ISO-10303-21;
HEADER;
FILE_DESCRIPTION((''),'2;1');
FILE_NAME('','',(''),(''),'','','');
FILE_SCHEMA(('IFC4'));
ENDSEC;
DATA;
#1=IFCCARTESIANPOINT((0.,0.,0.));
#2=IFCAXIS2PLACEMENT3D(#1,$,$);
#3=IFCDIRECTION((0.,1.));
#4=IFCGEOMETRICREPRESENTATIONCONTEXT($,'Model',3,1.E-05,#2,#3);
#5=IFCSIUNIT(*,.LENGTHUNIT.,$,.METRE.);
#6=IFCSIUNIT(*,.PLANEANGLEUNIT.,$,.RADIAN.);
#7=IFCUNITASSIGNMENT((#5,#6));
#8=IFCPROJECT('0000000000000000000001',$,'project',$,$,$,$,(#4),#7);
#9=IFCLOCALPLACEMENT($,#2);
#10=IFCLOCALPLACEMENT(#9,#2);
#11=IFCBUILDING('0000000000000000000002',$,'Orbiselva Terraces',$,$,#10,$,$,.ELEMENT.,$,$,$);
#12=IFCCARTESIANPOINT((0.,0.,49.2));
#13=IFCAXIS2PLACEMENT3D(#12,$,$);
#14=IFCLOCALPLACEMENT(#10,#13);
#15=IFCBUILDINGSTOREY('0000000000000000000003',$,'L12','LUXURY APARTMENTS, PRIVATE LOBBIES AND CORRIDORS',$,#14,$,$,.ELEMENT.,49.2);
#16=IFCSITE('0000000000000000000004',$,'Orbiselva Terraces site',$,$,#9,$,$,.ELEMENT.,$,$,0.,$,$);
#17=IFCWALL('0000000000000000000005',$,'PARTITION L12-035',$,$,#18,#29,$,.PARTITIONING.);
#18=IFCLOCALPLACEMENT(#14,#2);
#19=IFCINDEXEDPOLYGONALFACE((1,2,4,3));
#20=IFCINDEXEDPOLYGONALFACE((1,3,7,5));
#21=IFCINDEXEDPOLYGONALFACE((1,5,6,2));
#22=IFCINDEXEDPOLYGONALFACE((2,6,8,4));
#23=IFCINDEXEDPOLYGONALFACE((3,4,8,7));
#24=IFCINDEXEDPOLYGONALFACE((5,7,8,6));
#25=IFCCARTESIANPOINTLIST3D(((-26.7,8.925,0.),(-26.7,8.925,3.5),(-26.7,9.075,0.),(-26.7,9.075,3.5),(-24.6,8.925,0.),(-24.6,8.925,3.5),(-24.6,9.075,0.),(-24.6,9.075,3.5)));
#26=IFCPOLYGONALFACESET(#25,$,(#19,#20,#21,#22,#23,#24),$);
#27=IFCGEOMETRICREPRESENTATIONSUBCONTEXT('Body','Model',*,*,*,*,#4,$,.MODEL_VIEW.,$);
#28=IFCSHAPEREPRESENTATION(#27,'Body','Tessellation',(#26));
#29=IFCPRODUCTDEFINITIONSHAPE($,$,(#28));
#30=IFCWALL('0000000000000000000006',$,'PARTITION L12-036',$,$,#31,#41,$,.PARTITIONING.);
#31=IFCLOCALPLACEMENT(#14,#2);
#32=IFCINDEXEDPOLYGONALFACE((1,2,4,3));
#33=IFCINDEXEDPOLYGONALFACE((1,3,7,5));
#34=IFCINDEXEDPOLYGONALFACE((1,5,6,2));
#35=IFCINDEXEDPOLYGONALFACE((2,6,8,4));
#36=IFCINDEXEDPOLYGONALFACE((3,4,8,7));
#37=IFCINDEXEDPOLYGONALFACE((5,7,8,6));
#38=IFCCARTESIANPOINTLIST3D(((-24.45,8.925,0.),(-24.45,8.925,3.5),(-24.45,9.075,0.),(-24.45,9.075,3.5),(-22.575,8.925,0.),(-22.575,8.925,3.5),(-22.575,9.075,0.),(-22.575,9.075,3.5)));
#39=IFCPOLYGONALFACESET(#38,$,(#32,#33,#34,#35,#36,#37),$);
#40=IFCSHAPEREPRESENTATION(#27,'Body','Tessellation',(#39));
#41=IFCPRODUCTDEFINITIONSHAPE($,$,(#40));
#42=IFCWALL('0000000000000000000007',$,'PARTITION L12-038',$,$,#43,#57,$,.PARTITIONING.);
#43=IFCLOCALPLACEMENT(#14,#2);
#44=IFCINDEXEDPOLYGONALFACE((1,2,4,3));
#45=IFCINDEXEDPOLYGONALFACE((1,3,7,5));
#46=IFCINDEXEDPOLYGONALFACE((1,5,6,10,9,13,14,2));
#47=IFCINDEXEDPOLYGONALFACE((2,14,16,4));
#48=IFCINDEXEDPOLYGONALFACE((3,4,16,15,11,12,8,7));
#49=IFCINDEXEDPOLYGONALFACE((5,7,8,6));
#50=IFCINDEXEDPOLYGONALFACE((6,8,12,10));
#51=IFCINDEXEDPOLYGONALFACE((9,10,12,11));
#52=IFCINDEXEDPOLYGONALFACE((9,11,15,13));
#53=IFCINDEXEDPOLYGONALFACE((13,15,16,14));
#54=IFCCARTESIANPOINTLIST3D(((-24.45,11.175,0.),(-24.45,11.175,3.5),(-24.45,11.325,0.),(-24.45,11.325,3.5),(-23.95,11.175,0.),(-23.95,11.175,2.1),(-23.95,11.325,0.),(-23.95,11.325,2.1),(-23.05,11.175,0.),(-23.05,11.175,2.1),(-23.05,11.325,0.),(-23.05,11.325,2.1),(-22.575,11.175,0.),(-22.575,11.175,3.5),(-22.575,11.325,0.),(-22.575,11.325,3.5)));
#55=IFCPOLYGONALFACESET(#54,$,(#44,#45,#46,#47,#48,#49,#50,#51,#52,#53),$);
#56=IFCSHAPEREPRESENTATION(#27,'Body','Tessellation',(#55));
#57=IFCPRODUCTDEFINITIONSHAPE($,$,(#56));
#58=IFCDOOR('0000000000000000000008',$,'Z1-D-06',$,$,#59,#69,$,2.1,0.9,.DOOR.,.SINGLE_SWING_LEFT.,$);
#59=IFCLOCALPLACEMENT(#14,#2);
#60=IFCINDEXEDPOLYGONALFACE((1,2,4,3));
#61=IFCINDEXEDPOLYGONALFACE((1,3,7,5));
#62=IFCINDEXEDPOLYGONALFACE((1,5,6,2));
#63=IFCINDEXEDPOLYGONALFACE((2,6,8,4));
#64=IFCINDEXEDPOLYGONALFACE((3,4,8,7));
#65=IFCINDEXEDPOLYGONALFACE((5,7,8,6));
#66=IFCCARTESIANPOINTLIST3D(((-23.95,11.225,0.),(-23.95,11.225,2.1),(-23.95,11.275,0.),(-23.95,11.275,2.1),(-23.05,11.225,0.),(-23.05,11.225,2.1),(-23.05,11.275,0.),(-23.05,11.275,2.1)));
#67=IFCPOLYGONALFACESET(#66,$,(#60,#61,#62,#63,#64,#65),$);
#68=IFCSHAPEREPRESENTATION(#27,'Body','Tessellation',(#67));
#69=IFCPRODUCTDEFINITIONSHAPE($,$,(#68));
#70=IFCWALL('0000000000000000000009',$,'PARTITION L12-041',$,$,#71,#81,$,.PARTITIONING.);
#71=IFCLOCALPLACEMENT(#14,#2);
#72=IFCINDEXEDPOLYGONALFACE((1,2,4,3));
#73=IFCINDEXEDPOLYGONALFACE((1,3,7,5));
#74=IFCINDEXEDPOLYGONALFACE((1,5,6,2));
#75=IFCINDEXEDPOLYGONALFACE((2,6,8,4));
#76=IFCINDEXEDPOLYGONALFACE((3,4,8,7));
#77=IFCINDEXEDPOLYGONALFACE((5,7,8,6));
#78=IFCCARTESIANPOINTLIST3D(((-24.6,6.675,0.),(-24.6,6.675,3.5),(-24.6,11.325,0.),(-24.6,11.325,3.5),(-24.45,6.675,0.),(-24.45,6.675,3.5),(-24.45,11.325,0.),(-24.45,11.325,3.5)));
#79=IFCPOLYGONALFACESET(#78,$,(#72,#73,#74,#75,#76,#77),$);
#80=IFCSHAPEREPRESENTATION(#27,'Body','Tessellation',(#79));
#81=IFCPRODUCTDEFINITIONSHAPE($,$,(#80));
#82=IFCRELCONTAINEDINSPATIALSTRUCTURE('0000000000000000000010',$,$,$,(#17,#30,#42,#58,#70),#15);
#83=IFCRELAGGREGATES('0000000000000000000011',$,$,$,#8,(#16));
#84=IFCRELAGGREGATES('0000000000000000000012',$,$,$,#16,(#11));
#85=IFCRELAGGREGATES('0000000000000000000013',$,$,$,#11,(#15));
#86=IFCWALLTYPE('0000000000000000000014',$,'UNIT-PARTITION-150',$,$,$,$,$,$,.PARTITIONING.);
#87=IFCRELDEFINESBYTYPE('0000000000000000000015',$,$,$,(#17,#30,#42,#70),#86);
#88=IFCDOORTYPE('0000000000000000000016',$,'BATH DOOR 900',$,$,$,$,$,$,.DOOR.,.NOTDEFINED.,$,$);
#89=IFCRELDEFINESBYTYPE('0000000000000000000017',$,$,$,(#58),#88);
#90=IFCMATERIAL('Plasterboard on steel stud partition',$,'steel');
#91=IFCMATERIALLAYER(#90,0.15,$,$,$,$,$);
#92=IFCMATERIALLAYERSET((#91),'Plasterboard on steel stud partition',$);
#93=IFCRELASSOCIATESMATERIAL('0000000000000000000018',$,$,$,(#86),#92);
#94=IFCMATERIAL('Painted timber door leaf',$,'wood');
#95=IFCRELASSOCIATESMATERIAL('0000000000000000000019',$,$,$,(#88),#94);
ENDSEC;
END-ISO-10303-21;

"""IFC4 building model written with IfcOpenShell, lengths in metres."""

from ifc_helpers import new_model, si_unit, direction, frame, frame_2d, origin, place, context, subcontext, project, spatial, rectangle, extrude, material, layer, layer_set, type_object, element, fill, save


model = new_model("IFC4")

# Units and contexts
model_context = context("Model", 3, precision=1e-05, world=origin(), true_north=direction((0.0, 1.0)))
body_context = subcontext(model_context, "Body", "Model", "MODEL_VIEW")
ifc_project = project(units=[si_unit("LENGTHUNIT", "METRE"), si_unit("PLANEANGLEUNIT", "RADIAN")], contexts=[model_context])

# Site, building, storey
site_placement = place(None, origin())
site = spatial("IfcSite", under=ifc_project, at=site_placement, Name="Orbiselva Terraces site", CompositionType="ELEMENT", RefElevation=0.0)
building_placement = place(site_placement, origin())
building = spatial("IfcBuilding", under=site, at=building_placement, Name="Orbiselva Terraces", CompositionType="ELEMENT")
storey_placement = place(building_placement, frame((0.0, 0.0, 49.2)))
storey = spatial("IfcBuildingStorey", under=building, at=storey_placement, Name="L12", Description="LUXURY APARTMENTS, PRIVATE LOBBIES AND CORRIDORS", CompositionType="ELEMENT", Elevation=49.2)

# Shared definitions
ifc_material_1 = material(Name="Plasterboard on steel stud partition", Category="steel")

# Shared definitions
ifc_material_2 = material(Name="Painted timber door leaf", Category="wood")

# Shared definitions
ifc_layer_1 = layer(ifc_material_1, 0.15)
ifc_layer_set_1 = layer_set([ifc_layer_1], Name="Plasterboard on steel stud partition")
wall_type_1 = type_object("IfcWallType", Name="UNIT-PARTITION-150", PredefinedType="PARTITIONING", material=ifc_layer_set_1)

# Shared definitions
door_type_1 = type_object("IfcDoorType", Name="BATH DOOR 900", OperationType="NOTDEFINED", PredefinedType="DOOR", material=ifc_material_2)

# Walls
wall_1_placement = place(storey_placement, frame((-26.7, 9.0, 0.0), z_axis=(0.0, 0.0, 1.0), x_axis=(1.0, 0.0, 0.0)))
element("IfcWall", 1, at=wall_1_placement, inside=storey, type_object=wall_type_1, Name="PARTITION L12-035", PredefinedType="PARTITIONING", context=body_context, shape_type="SweptSolid", body=[
    extrude(rectangle(XDim=2.1, YDim=0.15, at=frame_2d((1.05, 0.0))), origin(), (0.0, 0.0, 1.0), 3.5),
])
wall_2_placement = place(storey_placement, frame((-24.45, 9.0, 0.0), z_axis=(0.0, 0.0, 1.0), x_axis=(1.0, 0.0, 0.0)))
element("IfcWall", 2, at=wall_2_placement, inside=storey, type_object=wall_type_1, Name="PARTITION L12-036", PredefinedType="PARTITIONING", context=body_context, shape_type="SweptSolid", body=[
    extrude(rectangle(XDim=1.875, YDim=0.15, at=frame_2d((0.9375, 0.0))), origin(), (0.0, 0.0, 1.0), 3.5),
])

# Wall, opening, door
wall_3_placement = place(storey_placement, frame((-22.575, 11.25, 0.0), z_axis=(0.0, 0.0, 1.0), x_axis=(-1.0, 0.0, 0.0)))
wall_3 = element("IfcWall", 3, at=wall_3_placement, inside=storey, type_object=wall_type_1, Name="PARTITION L12-038", PredefinedType="PARTITIONING", context=body_context, shape_type="SweptSolid", body=[
    extrude(rectangle(XDim=1.875, YDim=0.15, at=frame_2d((0.9375, 0.0))), origin(), (0.0, 0.0, 1.0), 3.5),
])
opening_1_placement = place(wall_3_placement, frame((0.475, 0.0, 0.0)))
opening_1 = element("IfcOpeningElement", 4, at=opening_1_placement, cuts=wall_3, PredefinedType="OPENING", context=body_context, shape_type="SweptSolid", body=[
    extrude(rectangle(XDim=0.9, YDim=2.1, at=frame_2d((0.45, 1.05))), frame((0.0, 0.085, 0.0), z_axis=(0.0, -1.0, 0.0), x_axis=(1.0, 0.0, 0.0)), (0.0, 0.0, 1.0), 0.17),
])
door_1_placement = place(opening_1_placement, origin())
door_1 = element("IfcDoor", 5, at=door_1_placement, inside=storey, type_object=door_type_1, Name="Z1-D-06", OperationType="SINGLE_SWING_LEFT", OverallHeight=2.1, OverallWidth=0.9, PredefinedType="DOOR", context=body_context, shape_type="SweptSolid", body=[
    extrude(rectangle(XDim=0.9, YDim=2.1, at=frame_2d((0.45, 1.05))), frame((0.0, 0.025, 0.0), z_axis=(0.0, -1.0, 0.0), x_axis=(1.0, 0.0, 0.0)), (0.0, 0.0, 1.0), 0.05),
])
fill(opening_1, door_1)

# Wall
wall_4_placement = place(storey_placement, frame((-24.525, 6.675, 0.0), z_axis=(0.0, 0.0, 1.0), x_axis=(0.0, 1.0, 0.0)))
element("IfcWall", 6, at=wall_4_placement, inside=storey, type_object=wall_type_1, Name="PARTITION L12-041", PredefinedType="PARTITIONING", context=body_context, shape_type="SweptSolid", body=[
    extrude(rectangle(XDim=4.65, YDim=0.15, at=frame_2d((2.325, 0.0))), origin(), (0.0, 0.0, 1.0), 3.5),
])

save(model, "model.ifc")
